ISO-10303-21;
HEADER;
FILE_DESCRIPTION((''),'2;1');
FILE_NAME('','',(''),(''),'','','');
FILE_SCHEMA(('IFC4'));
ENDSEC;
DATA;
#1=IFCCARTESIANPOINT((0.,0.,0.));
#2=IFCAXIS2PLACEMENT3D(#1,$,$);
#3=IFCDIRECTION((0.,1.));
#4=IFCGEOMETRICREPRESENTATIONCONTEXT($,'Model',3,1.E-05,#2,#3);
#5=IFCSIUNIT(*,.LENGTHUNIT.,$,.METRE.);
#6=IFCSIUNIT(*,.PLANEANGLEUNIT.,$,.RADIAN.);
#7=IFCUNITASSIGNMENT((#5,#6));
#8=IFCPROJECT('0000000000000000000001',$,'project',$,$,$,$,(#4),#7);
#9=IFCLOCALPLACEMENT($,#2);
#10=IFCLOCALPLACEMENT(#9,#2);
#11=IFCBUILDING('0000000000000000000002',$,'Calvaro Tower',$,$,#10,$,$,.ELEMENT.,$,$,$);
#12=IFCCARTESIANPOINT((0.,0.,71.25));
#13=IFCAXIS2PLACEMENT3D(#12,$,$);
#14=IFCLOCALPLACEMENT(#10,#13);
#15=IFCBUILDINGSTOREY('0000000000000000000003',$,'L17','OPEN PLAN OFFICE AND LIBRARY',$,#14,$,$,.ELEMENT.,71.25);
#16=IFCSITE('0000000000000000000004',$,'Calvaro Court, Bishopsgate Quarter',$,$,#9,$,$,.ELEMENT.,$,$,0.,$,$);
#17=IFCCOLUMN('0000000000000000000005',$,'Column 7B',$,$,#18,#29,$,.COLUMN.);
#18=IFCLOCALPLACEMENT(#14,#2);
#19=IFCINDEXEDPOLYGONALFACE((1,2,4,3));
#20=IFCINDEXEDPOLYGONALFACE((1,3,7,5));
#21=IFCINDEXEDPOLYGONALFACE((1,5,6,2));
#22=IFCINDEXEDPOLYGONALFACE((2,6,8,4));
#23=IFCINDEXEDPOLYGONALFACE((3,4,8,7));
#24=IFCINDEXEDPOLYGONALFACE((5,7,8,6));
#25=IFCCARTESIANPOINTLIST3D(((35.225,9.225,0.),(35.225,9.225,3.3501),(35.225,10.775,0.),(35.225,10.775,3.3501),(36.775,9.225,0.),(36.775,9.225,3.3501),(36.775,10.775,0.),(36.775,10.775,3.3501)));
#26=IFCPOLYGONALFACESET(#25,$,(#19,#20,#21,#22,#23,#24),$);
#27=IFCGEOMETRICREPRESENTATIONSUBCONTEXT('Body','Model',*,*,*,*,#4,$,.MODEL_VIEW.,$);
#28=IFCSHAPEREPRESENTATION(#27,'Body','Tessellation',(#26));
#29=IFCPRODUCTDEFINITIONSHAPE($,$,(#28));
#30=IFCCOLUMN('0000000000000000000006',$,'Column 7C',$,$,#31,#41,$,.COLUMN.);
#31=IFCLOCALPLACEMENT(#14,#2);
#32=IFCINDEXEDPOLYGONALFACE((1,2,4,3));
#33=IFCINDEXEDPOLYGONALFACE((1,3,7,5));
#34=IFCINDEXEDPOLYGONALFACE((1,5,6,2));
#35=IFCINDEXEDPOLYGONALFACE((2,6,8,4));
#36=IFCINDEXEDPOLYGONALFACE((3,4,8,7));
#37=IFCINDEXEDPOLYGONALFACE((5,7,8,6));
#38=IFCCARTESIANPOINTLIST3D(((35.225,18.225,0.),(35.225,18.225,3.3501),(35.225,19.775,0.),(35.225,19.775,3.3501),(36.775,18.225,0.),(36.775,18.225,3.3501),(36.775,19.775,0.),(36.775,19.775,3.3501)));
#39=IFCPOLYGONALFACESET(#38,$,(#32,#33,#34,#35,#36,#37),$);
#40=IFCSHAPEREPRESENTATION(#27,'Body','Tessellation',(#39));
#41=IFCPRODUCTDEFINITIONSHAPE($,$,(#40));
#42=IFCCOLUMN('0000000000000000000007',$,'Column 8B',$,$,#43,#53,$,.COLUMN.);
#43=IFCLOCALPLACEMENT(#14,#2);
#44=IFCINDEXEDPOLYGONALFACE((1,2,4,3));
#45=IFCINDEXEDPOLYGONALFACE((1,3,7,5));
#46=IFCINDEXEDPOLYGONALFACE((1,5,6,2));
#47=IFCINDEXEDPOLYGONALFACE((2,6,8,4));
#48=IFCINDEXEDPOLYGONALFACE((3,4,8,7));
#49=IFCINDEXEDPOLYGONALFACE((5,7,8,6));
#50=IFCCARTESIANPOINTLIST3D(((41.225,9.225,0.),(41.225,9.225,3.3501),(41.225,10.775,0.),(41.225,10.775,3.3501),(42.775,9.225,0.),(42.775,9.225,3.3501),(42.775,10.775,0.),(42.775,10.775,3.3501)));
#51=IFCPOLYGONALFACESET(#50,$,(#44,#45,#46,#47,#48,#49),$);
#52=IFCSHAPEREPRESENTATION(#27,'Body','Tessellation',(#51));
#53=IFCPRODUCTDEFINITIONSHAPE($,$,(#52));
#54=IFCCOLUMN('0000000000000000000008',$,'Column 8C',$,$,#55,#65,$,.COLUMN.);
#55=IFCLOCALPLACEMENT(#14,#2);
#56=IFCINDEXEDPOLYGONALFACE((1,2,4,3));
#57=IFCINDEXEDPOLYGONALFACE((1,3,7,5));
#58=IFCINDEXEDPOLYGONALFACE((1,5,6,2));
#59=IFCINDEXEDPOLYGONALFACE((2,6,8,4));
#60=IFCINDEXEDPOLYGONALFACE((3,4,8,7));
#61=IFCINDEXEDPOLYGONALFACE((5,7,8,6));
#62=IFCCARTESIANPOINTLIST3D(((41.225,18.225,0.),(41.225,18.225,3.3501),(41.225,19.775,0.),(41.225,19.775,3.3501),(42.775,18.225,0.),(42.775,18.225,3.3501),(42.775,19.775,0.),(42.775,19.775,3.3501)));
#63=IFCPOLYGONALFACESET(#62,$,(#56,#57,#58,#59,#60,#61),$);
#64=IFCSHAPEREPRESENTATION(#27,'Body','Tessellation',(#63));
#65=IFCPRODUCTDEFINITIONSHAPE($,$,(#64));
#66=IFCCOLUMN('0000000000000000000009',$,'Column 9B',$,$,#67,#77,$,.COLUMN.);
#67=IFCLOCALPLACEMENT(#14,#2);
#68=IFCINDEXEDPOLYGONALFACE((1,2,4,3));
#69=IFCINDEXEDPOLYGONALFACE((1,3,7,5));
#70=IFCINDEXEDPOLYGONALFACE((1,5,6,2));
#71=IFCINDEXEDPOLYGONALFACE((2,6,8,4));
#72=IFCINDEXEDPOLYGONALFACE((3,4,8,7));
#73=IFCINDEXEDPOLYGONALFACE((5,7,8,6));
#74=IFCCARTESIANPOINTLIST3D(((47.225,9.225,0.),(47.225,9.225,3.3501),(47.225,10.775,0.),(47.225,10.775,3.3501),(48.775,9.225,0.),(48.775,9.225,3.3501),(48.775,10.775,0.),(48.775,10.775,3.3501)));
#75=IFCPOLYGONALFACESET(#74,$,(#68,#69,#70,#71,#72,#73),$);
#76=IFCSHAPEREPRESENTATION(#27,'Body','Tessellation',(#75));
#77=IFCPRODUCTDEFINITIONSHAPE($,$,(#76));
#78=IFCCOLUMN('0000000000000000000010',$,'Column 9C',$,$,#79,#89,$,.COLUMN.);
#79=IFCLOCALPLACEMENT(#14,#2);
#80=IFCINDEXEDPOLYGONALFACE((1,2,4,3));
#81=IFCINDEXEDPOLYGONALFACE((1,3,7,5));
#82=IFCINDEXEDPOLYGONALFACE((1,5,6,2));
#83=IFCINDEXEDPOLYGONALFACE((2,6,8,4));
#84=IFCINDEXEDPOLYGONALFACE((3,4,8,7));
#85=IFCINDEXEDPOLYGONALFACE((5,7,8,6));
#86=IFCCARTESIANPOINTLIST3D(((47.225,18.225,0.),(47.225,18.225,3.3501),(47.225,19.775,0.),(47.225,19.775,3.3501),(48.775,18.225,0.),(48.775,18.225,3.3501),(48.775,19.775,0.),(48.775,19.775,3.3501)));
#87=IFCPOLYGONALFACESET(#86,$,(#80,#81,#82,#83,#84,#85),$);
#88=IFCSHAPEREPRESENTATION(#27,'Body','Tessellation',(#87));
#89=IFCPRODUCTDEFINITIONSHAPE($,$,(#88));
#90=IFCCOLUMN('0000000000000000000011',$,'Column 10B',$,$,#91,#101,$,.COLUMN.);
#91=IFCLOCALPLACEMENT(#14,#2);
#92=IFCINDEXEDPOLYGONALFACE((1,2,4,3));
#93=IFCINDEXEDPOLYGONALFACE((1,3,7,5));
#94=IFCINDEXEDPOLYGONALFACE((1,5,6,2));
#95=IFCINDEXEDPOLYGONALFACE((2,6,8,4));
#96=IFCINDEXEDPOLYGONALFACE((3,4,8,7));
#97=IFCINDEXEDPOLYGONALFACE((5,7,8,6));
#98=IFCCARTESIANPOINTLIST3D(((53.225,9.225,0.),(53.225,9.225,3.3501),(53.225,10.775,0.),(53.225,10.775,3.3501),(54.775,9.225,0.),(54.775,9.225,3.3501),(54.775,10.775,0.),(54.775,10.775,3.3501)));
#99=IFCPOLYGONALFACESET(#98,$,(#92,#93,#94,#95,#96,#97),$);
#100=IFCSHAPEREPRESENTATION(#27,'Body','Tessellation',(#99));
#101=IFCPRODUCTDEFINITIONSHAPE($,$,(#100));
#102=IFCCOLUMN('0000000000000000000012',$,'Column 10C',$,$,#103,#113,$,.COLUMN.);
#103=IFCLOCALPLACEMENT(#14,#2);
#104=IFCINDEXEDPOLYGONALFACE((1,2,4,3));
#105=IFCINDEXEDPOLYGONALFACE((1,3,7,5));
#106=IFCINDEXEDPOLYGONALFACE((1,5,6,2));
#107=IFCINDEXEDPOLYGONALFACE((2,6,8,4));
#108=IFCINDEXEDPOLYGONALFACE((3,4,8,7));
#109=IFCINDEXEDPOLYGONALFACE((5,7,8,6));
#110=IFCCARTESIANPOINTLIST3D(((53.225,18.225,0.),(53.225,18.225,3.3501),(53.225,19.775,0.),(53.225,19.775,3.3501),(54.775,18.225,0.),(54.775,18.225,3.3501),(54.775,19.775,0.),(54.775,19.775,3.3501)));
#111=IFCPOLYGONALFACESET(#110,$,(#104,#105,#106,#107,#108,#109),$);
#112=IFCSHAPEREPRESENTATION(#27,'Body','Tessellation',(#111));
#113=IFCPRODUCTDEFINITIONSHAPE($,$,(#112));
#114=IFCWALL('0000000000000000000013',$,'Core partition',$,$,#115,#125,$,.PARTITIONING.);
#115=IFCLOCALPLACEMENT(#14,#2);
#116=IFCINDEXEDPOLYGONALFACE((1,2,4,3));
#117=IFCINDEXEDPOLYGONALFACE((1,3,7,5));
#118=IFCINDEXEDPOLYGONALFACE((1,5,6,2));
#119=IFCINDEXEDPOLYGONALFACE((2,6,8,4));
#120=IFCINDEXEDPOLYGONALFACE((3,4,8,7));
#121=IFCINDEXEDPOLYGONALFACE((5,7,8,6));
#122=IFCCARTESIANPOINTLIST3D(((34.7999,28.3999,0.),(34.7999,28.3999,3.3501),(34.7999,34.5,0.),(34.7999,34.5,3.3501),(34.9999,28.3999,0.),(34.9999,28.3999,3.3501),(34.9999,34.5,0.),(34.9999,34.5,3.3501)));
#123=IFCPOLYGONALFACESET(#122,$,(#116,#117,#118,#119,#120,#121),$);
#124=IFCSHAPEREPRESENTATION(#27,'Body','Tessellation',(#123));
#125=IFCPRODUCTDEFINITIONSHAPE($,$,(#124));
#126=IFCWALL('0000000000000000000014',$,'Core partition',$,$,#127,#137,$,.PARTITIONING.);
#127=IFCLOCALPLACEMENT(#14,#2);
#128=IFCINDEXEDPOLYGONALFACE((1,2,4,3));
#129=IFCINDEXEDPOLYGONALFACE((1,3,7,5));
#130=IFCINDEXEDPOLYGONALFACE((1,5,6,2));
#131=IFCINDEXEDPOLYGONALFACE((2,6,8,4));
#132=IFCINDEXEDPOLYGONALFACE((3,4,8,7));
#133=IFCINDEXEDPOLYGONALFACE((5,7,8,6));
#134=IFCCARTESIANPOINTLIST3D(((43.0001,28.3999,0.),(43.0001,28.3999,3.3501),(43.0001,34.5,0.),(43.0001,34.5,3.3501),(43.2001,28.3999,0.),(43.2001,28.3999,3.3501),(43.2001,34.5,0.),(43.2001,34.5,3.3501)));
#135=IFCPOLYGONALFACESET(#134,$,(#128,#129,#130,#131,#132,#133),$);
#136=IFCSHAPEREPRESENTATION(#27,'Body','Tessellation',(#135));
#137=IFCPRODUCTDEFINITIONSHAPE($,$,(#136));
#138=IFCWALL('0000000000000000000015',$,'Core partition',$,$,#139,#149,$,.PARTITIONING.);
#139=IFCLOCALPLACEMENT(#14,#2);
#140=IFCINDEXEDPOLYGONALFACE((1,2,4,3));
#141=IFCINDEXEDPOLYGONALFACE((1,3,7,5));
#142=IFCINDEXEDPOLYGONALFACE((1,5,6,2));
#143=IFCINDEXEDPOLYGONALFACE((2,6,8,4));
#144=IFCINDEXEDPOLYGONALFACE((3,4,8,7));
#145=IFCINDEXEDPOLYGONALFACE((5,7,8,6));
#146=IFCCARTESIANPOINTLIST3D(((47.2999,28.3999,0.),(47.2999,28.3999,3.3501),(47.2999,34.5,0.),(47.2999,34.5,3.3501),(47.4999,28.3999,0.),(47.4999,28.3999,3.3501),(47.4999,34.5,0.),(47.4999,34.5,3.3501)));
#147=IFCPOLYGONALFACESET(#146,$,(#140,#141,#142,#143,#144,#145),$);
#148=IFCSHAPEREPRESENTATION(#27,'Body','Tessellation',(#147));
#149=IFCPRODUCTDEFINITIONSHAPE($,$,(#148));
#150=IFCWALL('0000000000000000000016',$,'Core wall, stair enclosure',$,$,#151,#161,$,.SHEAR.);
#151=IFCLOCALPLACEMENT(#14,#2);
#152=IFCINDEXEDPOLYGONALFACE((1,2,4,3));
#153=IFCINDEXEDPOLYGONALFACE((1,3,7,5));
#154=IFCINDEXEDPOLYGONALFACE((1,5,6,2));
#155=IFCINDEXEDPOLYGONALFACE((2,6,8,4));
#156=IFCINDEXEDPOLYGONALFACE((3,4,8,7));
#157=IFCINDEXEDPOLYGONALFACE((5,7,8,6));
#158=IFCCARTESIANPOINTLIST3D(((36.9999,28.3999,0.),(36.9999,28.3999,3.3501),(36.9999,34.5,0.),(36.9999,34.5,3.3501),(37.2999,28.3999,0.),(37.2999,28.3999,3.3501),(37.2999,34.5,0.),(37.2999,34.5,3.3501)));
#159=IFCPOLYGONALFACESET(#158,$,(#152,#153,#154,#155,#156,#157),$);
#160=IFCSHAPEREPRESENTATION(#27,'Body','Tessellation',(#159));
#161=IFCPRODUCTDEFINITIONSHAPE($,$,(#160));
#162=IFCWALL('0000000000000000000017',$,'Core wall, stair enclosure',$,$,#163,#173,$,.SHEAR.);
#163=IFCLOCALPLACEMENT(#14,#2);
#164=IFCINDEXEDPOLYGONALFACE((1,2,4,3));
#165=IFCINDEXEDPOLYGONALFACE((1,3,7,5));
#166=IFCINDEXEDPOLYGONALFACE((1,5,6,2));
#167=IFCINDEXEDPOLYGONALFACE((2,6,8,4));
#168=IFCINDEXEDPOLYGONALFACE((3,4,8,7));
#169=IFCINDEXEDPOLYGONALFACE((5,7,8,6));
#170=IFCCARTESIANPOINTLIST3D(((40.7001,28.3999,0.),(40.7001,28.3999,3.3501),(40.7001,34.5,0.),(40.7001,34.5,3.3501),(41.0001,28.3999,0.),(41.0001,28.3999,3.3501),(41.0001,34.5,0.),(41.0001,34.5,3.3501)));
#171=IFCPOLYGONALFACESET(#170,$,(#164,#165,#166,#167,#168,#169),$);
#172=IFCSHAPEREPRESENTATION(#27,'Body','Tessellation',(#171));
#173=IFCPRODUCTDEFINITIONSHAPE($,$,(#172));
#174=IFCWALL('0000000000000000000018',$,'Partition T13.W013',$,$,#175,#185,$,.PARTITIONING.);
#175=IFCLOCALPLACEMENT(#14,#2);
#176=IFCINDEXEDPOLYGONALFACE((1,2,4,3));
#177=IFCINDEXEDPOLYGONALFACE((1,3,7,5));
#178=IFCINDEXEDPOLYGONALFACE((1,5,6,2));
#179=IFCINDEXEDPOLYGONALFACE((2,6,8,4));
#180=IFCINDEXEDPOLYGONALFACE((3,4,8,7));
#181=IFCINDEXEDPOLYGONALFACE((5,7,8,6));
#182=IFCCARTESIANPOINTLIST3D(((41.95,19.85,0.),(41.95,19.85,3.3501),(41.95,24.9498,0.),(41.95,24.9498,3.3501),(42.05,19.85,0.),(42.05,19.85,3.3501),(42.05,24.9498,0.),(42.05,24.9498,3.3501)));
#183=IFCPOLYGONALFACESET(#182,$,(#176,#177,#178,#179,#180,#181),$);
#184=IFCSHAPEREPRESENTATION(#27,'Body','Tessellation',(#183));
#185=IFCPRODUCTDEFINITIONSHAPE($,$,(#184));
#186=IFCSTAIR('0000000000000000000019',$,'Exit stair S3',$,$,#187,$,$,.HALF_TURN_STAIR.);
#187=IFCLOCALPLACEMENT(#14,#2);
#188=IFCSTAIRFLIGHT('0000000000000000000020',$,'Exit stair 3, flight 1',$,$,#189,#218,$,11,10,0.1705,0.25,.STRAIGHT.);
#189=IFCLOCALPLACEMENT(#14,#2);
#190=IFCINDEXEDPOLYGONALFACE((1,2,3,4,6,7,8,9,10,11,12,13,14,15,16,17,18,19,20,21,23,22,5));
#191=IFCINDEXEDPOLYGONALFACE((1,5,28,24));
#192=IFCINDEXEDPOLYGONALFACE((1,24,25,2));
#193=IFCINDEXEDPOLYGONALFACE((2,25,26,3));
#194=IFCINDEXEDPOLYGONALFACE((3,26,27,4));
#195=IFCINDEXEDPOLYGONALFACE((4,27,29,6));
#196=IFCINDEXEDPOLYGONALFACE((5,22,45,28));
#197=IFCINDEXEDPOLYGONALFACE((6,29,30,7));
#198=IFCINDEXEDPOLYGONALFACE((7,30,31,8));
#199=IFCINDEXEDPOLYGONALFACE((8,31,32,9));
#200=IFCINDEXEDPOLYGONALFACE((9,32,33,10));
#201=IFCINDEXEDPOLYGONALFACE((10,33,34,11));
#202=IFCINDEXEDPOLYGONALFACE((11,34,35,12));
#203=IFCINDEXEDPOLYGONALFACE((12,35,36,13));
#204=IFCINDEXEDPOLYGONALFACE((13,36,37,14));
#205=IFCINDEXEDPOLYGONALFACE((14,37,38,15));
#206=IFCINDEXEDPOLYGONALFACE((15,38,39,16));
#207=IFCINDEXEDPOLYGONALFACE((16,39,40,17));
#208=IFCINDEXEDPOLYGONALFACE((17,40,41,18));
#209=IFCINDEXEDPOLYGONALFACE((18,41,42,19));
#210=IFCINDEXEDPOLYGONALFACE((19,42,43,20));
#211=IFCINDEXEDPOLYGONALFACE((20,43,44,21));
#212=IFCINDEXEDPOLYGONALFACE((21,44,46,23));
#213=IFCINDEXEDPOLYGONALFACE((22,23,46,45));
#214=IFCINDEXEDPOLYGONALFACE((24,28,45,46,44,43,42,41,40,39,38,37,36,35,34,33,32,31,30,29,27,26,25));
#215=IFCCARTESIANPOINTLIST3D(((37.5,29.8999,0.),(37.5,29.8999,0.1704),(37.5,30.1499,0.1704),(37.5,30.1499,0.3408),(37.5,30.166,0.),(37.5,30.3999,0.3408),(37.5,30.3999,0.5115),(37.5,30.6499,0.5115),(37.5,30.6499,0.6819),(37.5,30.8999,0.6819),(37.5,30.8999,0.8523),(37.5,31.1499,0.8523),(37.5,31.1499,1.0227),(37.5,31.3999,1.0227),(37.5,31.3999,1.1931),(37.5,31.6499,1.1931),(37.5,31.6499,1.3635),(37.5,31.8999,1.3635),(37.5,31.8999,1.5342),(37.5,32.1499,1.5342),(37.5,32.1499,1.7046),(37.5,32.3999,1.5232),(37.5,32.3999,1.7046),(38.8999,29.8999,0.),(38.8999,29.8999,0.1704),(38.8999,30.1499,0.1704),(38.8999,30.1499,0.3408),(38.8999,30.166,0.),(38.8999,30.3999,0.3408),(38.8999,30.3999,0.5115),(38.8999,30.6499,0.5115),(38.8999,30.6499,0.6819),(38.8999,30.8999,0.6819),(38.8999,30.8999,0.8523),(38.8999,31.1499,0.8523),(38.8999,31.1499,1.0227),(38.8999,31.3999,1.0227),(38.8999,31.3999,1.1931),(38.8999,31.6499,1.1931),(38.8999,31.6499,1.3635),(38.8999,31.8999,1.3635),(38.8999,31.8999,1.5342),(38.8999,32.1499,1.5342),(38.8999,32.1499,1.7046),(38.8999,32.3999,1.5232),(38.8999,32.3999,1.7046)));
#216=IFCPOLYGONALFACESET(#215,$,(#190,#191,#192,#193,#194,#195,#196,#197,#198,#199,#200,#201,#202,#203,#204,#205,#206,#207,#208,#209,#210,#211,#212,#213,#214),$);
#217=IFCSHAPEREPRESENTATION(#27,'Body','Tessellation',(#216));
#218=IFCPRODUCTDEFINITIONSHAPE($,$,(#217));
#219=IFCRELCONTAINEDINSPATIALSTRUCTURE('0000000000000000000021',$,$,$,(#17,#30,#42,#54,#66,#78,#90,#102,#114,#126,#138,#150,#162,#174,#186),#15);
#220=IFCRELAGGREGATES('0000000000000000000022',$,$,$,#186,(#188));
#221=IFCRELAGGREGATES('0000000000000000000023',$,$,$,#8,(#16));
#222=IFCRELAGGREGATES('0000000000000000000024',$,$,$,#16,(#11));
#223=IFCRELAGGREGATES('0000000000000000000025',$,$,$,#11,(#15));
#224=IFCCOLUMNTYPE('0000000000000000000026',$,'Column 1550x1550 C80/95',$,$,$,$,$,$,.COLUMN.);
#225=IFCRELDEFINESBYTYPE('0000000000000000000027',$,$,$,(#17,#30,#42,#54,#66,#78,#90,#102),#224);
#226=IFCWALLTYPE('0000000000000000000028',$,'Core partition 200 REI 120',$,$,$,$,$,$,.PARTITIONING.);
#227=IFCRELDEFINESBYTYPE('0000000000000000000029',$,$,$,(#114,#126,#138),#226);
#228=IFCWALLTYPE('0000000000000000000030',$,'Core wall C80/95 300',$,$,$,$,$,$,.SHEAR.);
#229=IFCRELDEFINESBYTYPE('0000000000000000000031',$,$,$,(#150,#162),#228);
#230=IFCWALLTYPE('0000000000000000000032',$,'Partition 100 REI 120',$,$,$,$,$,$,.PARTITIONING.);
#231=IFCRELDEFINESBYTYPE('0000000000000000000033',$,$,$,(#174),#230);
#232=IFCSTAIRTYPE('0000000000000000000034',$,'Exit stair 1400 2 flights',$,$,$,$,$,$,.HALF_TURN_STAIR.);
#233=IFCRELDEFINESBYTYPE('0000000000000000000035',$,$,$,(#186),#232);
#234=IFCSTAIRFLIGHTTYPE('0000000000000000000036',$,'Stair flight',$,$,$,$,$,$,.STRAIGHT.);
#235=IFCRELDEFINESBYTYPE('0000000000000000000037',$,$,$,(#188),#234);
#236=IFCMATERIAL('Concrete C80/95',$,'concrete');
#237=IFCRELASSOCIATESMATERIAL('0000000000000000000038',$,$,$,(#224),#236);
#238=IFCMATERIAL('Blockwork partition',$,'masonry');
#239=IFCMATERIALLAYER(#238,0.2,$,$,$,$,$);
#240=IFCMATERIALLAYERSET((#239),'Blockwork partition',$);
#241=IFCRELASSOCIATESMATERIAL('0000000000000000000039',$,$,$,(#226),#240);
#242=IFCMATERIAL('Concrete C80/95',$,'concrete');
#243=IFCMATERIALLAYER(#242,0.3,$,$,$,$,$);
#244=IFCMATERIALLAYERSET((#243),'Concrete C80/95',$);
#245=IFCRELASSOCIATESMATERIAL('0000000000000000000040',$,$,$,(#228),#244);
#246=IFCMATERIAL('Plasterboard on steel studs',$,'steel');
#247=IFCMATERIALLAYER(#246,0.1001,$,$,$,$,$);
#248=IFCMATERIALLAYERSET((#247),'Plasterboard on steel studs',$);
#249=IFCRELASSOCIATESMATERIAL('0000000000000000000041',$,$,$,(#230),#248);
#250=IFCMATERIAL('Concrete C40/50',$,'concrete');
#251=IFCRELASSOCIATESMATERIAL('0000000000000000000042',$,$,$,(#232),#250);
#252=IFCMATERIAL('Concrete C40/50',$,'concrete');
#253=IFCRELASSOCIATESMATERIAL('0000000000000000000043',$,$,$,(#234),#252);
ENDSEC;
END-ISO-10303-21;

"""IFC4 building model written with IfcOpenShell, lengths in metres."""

from ifc_helpers import new_model, si_unit, direction, frame, frame_2d, origin, origin_2d, place, context, subcontext, project, spatial, polyline, rectangle, outline, extrude, material, layer, layer_set, material_profile, profile_set, type_object, element, aggregate, save


model = new_model("IFC4")

# Units and contexts
model_context = context("Model", 3, precision=1e-05, world=origin(), true_north=direction((0.0, 1.0)))
body_context = subcontext(model_context, "Body", "Model", "MODEL_VIEW")
ifc_project = project(units=[si_unit("LENGTHUNIT", "METRE"), si_unit("PLANEANGLEUNIT", "RADIAN")], contexts=[model_context])

# Site, building, storey
site_placement = place(None, origin())
site = spatial("IfcSite", under=ifc_project, at=site_placement, Name="Calvaro Court, Bishopsgate Quarter", CompositionType="ELEMENT", RefElevation=0.0)
building_placement = place(site_placement, origin())
building = spatial("IfcBuilding", under=site, at=building_placement, Name="Calvaro Tower", CompositionType="ELEMENT")
storey_placement = place(building_placement, frame((0.0, 0.0, 71.25)))
storey = spatial("IfcBuildingStorey", under=building, at=storey_placement, Name="L17", Description="OPEN PLAN OFFICE AND LIBRARY", CompositionType="ELEMENT", Elevation=71.25)

# Columns
ifc_material_1 = material(Name="Concrete C80/95", Category="concrete")
ifc_material_profile = material_profile(ifc_material_1, rectangle(XDim=1.55, YDim=1.55, at=origin_2d()), Name="RC 1550x1550")
ifc_profile_set = profile_set([ifc_material_profile], Name="Concrete C80/95")
column_type = type_object("IfcColumnType", Name="Column 1550x1550 C80/95", PredefinedType="COLUMN", material=ifc_profile_set)
for number, where, z_axis, x_axis, name in (
    (1, (36.0, 10.0, 0.0), (0.0, 0.0, 1.0), (1.0, 0.0, 0.0), "Column 7B"),
    (2, (36.0, 19.0, 0.0), (0.0, 0.0, 1.0), (1.0, 0.0, 0.0), "Column 7C"),
    (3, (42.0, 10.0, 0.0), (0.0, 0.0, 1.0), (1.0, 0.0, 0.0), "Column 8B"),
    (4, (42.0, 19.0, 0.0), (0.0, 0.0, 1.0), (1.0, 0.0, 0.0), "Column 8C"),
    (5, (48.0, 10.0, 0.0), (0.0, 0.0, 1.0), (1.0, 0.0, 0.0), "Column 9B"),
    (6, (48.0, 19.0, 0.0), (0.0, 0.0, 1.0), (1.0, 0.0, 0.0), "Column 9C"),
    (7, (54.0, 10.0, 0.0), (0.0, 0.0, 1.0), (1.0, 0.0, 0.0), "Column 10B"),
    (8, (54.0, 19.0, 0.0), (0.0, 0.0, 1.0), (1.0, 0.0, 0.0), "Column 10C"),
):
    element("IfcColumn", number, at=place(storey_placement, frame(where, z_axis=z_axis, x_axis=x_axis)), inside=storey, type_object=column_type, Name=name, PredefinedType="COLUMN", context=body_context, shape_type="SweptSolid", body=[
        extrude(rectangle(XDim=1.55, YDim=1.55, at=origin_2d()), origin(), (0.0, 0.0, 1.0), 3.3501),
    ])

# Walls
ifc_material_2 = material(Name="Blockwork partition", Category="masonry")
ifc_layer_1 = layer(ifc_material_2, 0.2)
ifc_layer_set_1 = layer_set([ifc_layer_1], Name="Blockwork partition")
wall_type_1 = type_object("IfcWallType", Name="Core partition 200 REI 120", PredefinedType="PARTITIONING", material=ifc_layer_set_1)
for number, where, z_axis, x_axis, name in (
    (9, (34.8999, 28.3999, 0.0), (0.0, 0.0, 1.0), (0.0, 1.0, 0.0), "Core partition"),
    (10, (43.1001, 28.3999, 0.0), (0.0, 0.0, 1.0), (0.0, 1.0, 0.0), "Core partition"),
    (11, (47.3999, 28.3999, 0.0), (0.0, 0.0, 1.0), (0.0, 1.0, 0.0), "Core partition"),
):
    element("IfcWall", number, at=place(storey_placement, frame(where, z_axis=z_axis, x_axis=x_axis)), inside=storey, type_object=wall_type_1, Name=name, PredefinedType="PARTITIONING", context=body_context, shape_type="SweptSolid", body=[
        extrude(rectangle(XDim=6.1001, YDim=0.2, at=frame_2d((3.05, 0.0))), origin(), (0.0, 0.0, 1.0), 3.3501),
    ])
ifc_material_3 = material(Name="Concrete C80/95", Category="concrete")
ifc_layer_2 = layer(ifc_material_3, 0.3)
ifc_layer_set_2 = layer_set([ifc_layer_2], Name="Concrete C80/95")
wall_type_2 = type_object("IfcWallType", Name="Core wall C80/95 300", PredefinedType="SHEAR", material=ifc_layer_set_2)
for number, where, z_axis, x_axis, name in (
    (12, (37.1499, 28.3999, 0.0), (0.0, 0.0, 1.0), (0.0, 1.0, 0.0), "Core wall, stair enclosure"),
    (13, (40.8501, 28.3999, 0.0), (0.0, 0.0, 1.0), (0.0, 1.0, 0.0), "Core wall, stair enclosure"),
):
    element("IfcWall", number, at=place(storey_placement, frame(where, z_axis=z_axis, x_axis=x_axis)), inside=storey, type_object=wall_type_2, Name=name, PredefinedType="SHEAR", context=body_context, shape_type="SweptSolid", body=[
        extrude(rectangle(XDim=6.1001, YDim=0.3, at=frame_2d((3.05, 0.0))), origin(), (0.0, 0.0, 1.0), 3.3501),
    ])
ifc_material_4 = material(Name="Plasterboard on steel studs", Category="steel")
ifc_layer_3 = layer(ifc_material_4, 0.1001)
ifc_layer_set_3 = layer_set([ifc_layer_3], Name="Plasterboard on steel studs")
wall_type_3 = type_object("IfcWallType", Name="Partition 100 REI 120", PredefinedType="PARTITIONING", material=ifc_layer_set_3)
wall_placement = place(storey_placement, frame((42.0, 19.8501, 0.0), z_axis=(0.0, 0.0, 1.0), x_axis=(0.0, 1.0, 0.0)))
element("IfcWall", 14, at=wall_placement, inside=storey, type_object=wall_type_3, Name="Partition T13.W013", PredefinedType="PARTITIONING", context=body_context, shape_type="SweptSolid", body=[
    extrude(rectangle(XDim=5.0999, YDim=0.1001, at=frame_2d((2.5498, 0.0))), origin(), (0.0, 0.0, 1.0), 3.3501),
])

# Stair, stair flight
ifc_material_5 = material(Name="Concrete C40/50", Category="concrete")
stair_type = type_object("IfcStairType", Name="Exit stair 1400 2 flights", PredefinedType="HALF_TURN_STAIR", material=ifc_material_5)
stair_1_placement = place(storey_placement, origin())
stair_1 = element("IfcStair", 15, at=stair_1_placement, inside=storey, type_object=stair_type, Name="Exit stair S3", PredefinedType="HALF_TURN_STAIR")
ifc_material_6 = material(Name="Concrete C40/50", Category="concrete")
stair_flight_type = type_object("IfcStairFlightType", Name="Stair flight", PredefinedType="STRAIGHT", material=ifc_material_6)
stair_flight_1_placement = place(storey_placement, frame((38.2, 29.8999, 0.0), z_axis=(0.0, 0.0, 1.0), x_axis=(0.0, 1.0, 0.0)))
stair_flight_1 = element("IfcStairFlight", 16, at=stair_flight_1_placement, type_object=stair_flight_type, Name="Exit stair 3, flight 1", NumberOfRisers=11, NumberOfTreads=10, PredefinedType="STRAIGHT", RiserHeight=0.1705, TreadLength=0.25, context=body_context, shape_type="SweptSolid", body=[
    extrude(outline(polyline([(0.0, 0.0), (0.0, 0.1704), (0.25, 0.1704), (0.25, 0.3408), (0.5, 0.3408), (0.5, 0.5115), (0.75, 0.5115), (0.75, 0.6819), (1.0, 0.6819), (1.0, 0.8523), (1.25, 0.8523), (1.25, 1.0227), (1.5, 1.0227), (1.5, 1.1931), (1.75, 1.1931), (1.75, 1.3635), (2.0, 1.3635), (2.0, 1.5342), (2.25, 1.5342), (2.25, 1.7046), (2.5, 1.7046), (2.5, 1.875), (2.5, 1.5232), (0.2661, 0.0), (0.0, 0.0)])), frame((0.0, 0.7, 0.0), z_axis=(0.0, -1.0, 0.0), x_axis=(1.0, 0.0, 0.0)), (0.0, 0.0, 1.0), 1.3999),
])

aggregate(stair_1, [stair_flight_1])

save(model, "model.ifc")
